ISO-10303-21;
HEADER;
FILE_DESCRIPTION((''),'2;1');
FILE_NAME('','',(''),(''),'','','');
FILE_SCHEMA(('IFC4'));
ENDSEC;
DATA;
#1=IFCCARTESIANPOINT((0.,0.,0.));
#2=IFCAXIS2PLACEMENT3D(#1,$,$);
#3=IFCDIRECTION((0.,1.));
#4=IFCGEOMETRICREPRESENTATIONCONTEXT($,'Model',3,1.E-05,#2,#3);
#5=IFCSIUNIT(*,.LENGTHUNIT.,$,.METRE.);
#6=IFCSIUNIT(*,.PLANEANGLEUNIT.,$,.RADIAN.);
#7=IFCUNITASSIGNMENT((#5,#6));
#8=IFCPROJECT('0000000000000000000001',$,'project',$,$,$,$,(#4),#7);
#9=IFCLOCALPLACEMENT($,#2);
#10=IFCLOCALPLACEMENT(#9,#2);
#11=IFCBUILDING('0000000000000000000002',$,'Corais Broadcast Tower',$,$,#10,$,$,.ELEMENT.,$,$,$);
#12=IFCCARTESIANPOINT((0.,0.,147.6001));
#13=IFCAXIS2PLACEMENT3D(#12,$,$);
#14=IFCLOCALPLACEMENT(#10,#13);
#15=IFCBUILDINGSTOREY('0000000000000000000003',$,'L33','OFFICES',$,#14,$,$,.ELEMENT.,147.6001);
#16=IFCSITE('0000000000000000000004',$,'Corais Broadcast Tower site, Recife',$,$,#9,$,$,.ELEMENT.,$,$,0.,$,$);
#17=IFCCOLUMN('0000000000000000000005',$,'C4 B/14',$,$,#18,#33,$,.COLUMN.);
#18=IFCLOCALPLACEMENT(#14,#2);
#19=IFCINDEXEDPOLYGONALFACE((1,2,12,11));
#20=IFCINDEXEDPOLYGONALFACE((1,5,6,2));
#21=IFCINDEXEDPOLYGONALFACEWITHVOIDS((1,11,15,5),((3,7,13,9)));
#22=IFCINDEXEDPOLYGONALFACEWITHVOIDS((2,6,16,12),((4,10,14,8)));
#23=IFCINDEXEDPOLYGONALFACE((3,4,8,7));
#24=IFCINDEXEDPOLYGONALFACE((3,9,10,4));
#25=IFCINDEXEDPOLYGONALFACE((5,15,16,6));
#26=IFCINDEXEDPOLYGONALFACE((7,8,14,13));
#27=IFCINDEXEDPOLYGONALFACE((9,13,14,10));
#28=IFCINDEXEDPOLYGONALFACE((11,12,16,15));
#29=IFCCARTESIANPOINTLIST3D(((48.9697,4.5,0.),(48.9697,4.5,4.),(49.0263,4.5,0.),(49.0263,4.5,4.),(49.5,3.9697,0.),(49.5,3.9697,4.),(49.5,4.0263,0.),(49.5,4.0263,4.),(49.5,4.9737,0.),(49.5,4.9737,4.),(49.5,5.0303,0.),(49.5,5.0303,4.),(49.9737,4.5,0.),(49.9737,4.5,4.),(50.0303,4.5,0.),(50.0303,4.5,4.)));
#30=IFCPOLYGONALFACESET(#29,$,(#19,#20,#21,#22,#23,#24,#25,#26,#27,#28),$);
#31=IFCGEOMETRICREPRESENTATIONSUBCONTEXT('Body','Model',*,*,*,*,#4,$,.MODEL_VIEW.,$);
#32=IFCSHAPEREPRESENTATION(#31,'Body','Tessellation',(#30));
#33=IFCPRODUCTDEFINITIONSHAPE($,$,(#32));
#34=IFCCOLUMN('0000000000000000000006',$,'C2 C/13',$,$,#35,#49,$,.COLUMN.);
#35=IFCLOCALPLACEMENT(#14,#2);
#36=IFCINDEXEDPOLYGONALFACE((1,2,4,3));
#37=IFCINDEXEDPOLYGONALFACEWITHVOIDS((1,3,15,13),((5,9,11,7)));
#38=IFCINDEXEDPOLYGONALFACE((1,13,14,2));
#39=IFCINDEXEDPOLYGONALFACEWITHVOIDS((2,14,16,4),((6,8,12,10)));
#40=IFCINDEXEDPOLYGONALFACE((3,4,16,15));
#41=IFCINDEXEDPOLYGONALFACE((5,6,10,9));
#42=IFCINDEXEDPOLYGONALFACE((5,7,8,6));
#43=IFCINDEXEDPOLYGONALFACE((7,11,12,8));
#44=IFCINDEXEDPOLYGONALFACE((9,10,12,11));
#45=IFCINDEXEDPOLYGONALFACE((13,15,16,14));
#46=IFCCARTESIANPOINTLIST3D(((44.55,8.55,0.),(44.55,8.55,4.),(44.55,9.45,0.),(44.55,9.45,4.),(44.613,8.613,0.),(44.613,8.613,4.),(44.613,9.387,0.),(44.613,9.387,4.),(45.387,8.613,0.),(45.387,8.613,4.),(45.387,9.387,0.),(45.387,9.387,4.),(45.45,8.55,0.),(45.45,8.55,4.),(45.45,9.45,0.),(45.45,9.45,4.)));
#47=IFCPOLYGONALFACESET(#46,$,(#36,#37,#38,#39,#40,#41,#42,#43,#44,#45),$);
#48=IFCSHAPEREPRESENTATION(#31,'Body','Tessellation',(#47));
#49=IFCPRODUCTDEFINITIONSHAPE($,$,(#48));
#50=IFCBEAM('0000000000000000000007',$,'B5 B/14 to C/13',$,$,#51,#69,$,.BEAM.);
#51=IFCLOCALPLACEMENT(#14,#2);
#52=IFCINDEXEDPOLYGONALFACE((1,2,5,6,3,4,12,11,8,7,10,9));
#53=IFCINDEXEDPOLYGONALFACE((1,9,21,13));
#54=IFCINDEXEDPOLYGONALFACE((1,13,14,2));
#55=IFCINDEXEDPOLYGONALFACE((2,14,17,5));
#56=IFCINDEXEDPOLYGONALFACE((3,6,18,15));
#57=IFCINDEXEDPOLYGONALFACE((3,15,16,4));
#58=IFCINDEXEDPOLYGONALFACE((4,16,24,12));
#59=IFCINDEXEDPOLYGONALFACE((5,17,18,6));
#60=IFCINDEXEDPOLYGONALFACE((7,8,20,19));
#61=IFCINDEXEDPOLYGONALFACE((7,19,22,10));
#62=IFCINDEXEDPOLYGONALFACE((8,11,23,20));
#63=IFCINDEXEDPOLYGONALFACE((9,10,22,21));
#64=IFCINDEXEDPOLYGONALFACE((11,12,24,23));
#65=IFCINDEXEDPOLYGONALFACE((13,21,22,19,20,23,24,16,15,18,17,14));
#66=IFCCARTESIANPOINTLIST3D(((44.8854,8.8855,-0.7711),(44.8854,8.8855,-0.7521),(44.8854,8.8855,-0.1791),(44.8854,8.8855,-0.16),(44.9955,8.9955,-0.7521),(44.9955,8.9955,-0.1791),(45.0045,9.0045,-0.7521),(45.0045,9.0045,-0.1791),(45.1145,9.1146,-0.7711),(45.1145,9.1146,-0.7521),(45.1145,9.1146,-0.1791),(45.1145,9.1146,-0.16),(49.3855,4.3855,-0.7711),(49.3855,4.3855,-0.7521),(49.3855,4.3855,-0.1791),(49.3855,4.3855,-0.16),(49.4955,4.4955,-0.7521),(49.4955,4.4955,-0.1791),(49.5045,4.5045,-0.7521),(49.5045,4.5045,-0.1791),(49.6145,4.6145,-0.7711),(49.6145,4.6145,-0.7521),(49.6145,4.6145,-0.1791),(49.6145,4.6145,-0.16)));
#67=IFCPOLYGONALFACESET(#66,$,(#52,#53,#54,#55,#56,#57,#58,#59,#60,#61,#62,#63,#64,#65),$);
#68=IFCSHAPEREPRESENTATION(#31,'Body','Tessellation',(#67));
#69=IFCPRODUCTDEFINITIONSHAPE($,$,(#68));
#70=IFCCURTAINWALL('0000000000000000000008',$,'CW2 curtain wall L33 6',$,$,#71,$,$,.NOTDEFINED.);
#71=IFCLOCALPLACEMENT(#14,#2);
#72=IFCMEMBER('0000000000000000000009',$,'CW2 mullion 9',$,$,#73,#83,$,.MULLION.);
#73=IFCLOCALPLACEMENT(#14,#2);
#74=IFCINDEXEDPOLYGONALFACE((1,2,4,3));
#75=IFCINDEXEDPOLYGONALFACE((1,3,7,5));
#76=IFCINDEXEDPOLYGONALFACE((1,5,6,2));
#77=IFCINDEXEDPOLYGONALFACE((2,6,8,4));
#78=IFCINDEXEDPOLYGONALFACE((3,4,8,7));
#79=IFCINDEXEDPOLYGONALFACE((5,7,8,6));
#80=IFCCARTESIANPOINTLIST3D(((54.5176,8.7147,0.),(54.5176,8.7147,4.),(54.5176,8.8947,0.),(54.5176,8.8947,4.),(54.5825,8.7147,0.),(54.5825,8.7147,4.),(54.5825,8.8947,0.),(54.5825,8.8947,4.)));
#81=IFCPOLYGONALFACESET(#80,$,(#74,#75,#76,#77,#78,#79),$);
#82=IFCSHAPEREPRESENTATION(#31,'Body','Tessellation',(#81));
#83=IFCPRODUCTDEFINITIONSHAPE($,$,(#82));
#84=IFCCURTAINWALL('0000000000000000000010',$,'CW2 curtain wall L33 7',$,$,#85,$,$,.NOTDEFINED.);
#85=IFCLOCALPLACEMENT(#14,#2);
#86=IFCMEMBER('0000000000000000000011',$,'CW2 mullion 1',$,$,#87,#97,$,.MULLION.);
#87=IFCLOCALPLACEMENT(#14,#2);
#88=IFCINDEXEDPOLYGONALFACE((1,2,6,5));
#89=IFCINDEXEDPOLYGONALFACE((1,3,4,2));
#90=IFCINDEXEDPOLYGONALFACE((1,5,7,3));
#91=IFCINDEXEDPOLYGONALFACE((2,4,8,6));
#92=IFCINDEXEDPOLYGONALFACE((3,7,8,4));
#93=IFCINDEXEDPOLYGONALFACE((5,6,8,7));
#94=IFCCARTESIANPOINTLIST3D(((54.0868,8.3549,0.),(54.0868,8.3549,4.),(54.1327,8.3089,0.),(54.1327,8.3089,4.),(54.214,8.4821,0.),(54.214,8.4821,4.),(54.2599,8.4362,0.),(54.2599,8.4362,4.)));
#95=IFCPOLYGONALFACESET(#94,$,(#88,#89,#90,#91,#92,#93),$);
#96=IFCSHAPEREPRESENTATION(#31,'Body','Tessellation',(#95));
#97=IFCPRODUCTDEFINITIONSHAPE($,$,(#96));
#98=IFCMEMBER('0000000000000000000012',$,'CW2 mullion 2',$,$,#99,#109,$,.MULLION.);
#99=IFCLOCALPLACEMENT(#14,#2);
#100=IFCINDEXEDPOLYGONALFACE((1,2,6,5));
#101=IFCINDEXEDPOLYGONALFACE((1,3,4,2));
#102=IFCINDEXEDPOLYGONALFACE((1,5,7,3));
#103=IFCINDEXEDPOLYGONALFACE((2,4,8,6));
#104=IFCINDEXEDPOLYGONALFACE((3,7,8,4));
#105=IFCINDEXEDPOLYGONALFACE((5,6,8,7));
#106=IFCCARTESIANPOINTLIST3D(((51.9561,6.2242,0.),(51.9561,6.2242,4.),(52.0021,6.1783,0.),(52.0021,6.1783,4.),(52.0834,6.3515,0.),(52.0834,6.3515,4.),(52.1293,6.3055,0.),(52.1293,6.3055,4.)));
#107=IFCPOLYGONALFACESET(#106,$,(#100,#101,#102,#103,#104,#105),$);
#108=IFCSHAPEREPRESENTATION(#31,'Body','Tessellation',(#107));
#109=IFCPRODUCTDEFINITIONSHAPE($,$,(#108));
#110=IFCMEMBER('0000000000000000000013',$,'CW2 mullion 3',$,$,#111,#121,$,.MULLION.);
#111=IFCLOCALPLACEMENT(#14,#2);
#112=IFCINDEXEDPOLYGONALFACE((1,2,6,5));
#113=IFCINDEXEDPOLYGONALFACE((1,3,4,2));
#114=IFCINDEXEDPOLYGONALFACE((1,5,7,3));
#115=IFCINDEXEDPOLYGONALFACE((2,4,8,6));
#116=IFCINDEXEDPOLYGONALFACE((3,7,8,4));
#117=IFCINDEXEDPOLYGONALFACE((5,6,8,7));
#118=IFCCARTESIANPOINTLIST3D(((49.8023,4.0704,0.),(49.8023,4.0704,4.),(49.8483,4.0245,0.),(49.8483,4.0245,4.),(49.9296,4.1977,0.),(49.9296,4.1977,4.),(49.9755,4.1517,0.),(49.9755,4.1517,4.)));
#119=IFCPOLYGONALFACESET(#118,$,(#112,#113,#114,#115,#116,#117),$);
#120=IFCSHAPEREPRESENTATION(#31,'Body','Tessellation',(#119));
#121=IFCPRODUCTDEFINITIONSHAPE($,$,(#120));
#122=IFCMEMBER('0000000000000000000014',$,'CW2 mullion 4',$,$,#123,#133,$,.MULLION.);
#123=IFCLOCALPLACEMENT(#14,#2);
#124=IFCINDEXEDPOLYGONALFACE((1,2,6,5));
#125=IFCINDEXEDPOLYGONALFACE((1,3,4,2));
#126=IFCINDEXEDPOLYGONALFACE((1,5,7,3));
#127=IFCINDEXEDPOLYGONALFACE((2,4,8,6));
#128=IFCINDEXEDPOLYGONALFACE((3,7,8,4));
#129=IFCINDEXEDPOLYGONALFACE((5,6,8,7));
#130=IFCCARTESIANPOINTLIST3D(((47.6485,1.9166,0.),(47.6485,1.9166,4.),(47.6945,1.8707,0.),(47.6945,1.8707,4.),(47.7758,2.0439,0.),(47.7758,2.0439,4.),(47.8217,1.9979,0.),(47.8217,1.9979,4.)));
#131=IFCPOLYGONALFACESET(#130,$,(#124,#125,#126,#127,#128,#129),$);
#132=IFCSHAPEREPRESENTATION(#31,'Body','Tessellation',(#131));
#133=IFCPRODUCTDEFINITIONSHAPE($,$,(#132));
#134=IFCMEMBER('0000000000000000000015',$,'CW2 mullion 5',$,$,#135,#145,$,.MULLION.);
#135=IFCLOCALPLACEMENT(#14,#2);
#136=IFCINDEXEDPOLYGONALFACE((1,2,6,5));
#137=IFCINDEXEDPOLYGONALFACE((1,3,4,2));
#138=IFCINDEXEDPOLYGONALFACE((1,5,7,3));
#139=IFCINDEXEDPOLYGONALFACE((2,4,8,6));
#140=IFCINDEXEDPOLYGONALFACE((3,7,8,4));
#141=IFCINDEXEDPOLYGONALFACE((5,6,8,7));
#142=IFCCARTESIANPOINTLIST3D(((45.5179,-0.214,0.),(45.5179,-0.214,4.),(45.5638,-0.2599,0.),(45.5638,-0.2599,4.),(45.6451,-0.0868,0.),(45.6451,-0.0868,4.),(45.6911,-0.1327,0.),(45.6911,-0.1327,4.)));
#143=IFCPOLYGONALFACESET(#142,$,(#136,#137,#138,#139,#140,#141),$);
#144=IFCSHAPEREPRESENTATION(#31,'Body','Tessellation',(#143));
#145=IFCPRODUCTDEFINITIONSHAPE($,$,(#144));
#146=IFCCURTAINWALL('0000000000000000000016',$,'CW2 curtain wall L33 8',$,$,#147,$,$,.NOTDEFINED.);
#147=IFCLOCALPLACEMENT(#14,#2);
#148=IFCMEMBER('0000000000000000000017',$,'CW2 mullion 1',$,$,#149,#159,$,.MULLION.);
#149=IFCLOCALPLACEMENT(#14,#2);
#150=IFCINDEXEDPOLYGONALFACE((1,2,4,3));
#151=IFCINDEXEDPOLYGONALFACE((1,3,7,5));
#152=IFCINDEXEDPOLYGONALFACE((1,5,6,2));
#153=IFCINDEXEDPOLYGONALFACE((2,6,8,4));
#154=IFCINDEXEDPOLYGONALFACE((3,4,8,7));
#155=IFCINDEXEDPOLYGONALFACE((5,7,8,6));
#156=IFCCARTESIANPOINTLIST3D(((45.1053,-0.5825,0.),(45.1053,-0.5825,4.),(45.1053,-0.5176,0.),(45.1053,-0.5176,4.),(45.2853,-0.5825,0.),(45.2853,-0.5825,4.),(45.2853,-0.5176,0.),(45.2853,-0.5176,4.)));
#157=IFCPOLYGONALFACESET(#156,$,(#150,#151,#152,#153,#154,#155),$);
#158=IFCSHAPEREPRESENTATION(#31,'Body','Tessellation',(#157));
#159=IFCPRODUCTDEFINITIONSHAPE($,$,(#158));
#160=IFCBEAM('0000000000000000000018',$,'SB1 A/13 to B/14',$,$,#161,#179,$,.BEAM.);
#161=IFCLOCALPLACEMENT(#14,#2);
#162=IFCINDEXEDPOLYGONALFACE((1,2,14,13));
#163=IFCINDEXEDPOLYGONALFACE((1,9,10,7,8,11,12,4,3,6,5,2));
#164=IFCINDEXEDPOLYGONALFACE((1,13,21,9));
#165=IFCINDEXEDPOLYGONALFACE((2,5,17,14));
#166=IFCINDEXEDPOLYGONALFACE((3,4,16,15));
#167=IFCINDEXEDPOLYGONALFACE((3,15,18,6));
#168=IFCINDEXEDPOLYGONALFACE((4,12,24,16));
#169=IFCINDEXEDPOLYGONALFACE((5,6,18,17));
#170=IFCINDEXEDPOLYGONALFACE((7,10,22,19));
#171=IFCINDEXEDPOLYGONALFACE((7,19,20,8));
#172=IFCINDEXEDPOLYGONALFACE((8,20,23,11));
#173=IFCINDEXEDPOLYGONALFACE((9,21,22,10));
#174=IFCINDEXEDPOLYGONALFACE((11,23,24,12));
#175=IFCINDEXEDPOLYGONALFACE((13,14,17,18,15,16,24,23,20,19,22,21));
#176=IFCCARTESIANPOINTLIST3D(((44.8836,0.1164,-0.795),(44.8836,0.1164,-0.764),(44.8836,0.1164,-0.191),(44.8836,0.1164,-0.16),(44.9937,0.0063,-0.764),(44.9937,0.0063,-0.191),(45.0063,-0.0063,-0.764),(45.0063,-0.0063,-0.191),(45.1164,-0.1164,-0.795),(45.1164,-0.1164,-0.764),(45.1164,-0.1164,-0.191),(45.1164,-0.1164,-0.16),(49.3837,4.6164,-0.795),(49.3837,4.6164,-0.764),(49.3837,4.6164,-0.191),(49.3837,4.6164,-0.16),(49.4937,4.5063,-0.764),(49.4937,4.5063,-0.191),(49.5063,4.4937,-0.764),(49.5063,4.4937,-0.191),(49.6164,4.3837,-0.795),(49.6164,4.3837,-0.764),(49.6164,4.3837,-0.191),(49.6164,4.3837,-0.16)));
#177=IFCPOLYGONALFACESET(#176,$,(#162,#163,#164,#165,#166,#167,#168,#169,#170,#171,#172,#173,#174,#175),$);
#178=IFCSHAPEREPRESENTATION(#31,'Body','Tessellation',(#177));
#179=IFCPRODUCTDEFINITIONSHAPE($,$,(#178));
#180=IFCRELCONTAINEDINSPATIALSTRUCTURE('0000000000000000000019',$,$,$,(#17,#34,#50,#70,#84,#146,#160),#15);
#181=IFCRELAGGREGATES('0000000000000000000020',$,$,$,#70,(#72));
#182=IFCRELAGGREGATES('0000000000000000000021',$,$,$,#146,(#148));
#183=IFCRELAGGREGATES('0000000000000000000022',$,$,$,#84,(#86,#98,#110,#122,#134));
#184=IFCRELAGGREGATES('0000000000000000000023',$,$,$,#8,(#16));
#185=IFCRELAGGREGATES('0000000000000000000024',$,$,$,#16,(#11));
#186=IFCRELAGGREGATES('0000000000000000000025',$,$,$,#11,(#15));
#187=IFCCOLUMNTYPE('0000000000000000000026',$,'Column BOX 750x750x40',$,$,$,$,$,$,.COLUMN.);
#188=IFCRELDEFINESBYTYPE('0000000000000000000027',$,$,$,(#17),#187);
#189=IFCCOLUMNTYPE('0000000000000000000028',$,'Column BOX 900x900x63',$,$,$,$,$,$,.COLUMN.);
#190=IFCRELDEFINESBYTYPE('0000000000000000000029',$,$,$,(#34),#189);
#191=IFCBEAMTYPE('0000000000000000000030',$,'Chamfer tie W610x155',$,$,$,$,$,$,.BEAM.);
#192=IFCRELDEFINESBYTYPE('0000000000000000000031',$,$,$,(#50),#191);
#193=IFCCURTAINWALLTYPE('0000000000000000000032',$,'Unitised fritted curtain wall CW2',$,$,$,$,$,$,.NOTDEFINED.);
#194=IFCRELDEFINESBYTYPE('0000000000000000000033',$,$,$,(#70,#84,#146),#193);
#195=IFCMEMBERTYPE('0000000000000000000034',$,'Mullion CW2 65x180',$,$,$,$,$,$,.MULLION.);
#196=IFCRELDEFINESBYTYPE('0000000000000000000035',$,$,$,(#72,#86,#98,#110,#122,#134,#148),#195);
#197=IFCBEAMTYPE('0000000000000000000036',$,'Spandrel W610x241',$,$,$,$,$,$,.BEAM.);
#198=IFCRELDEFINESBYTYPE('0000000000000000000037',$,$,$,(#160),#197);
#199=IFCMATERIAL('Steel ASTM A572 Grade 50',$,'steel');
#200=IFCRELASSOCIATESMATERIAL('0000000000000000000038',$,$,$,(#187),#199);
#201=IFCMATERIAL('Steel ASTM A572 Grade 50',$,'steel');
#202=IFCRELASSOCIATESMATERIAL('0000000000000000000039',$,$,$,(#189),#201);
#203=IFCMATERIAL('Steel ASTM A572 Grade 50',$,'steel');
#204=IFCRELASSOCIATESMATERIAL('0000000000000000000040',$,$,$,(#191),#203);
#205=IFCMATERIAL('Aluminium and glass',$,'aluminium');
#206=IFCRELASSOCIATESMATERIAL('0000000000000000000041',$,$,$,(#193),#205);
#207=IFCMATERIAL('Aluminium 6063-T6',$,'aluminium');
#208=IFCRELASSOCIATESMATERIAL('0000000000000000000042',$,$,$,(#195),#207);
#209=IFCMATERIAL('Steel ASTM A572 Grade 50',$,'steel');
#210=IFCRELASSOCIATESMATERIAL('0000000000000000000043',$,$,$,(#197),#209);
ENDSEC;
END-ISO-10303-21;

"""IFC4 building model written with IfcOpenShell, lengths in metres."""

from ifc_helpers import new_model, si_unit, direction, frame, origin, origin_2d, place, context, subcontext, project, spatial, rectangle, hollow_rectangle, i_section, extrude, material, material_profile, profile_set, type_object, element, aggregate, save


model = new_model("IFC4")

# Units and contexts
model_context = context("Model", 3, precision=1e-05, world=origin(), true_north=direction((0.0, 1.0)))
body_context = subcontext(model_context, "Body", "Model", "MODEL_VIEW")
ifc_project = project(units=[si_unit("LENGTHUNIT", "METRE"), si_unit("PLANEANGLEUNIT", "RADIAN")], contexts=[model_context])

# Site, building, storey
site_placement = place(None, origin())
site = spatial("IfcSite", under=ifc_project, at=site_placement, Name="Corais Broadcast Tower site, Recife", CompositionType="ELEMENT", RefElevation=0.0)
building_placement = place(site_placement, origin())
building = spatial("IfcBuilding", under=site, at=building_placement, Name="Corais Broadcast Tower", CompositionType="ELEMENT")
storey_placement = place(building_placement, frame((0.0, 0.0, 147.6001)))
storey = spatial("IfcBuildingStorey", under=building, at=storey_placement, Name="L33", Description="OFFICES", CompositionType="ELEMENT", Elevation=147.6001)

# Columns
ifc_material_1 = material(Name="Steel ASTM A572 Grade 50", Category="steel")
ifc_material_profile_1 = material_profile(ifc_material_1, hollow_rectangle(XDim=0.75, YDim=0.75, WallThickness=0.04, at=origin_2d()), Name="BOX 750x750x40")
ifc_profile_set_1 = profile_set([ifc_material_profile_1], Name="Steel ASTM A572 Grade 50")
column_type_1 = type_object("IfcColumnType", Name="Column BOX 750x750x40", PredefinedType="COLUMN", material=ifc_profile_set_1)
column_1_placement = place(storey_placement, frame((49.5, 4.5, 0.0), z_axis=(0.0, 0.0, 1.0), x_axis=(0.707107, 0.707107, 0.0)))
element("IfcColumn", 1, at=column_1_placement, inside=storey, type_object=column_type_1, Name="C4 B/14", PredefinedType="COLUMN", context=body_context, shape_type="SweptSolid", body=[
    extrude(hollow_rectangle(XDim=0.75, YDim=0.75, WallThickness=0.04, at=origin_2d()), origin(), (0.0, 0.0, 1.0), 4.0),
])
ifc_material_2 = material(Name="Steel ASTM A572 Grade 50", Category="steel")
ifc_material_profile_2 = material_profile(ifc_material_2, hollow_rectangle(XDim=0.8999, YDim=0.8999, WallThickness=0.063, at=origin_2d()), Name="BOX 900x900x63")
ifc_profile_set_2 = profile_set([ifc_material_profile_2], Name="Steel ASTM A572 Grade 50")
column_type_2 = type_object("IfcColumnType", Name="Column BOX 900x900x63", PredefinedType="COLUMN", material=ifc_profile_set_2)
column_2_placement = place(storey_placement, frame((45.0, 9.0, 0.0), z_axis=(0.0, 0.0, 1.0), x_axis=(1.0, 0.0, 0.0)))
element("IfcColumn", 2, at=column_2_placement, inside=storey, type_object=column_type_2, Name="C2 C/13", PredefinedType="COLUMN", context=body_context, shape_type="SweptSolid", body=[
    extrude(hollow_rectangle(XDim=0.8999, YDim=0.8999, WallThickness=0.063, at=origin_2d()), origin(), (0.0, 0.0, 1.0), 4.0),
])

# Beam
ifc_material_3 = material(Name="Steel ASTM A572 Grade 50", Category="steel")
ifc_material_profile_3 = material_profile(ifc_material_3, i_section(OverallWidth=0.324, OverallDepth=0.6111, WebThickness=0.0127, FlangeThickness=0.019, at=origin_2d()), Name="W610x155")
ifc_profile_set_3 = profile_set([ifc_material_profile_3], Name="Steel ASTM A572 Grade 50")
beam_type_1 = type_object("IfcBeamType", Name="Chamfer tie W610x155", PredefinedType="BEAM", material=ifc_profile_set_3)
beam_placement = place(storey_placement, frame((49.5, 4.5, -0.4656), z_axis=(-0.707107, 0.707107, 0.0), x_axis=(-0.707107, -0.707107, 0.0)))
element("IfcBeam", 3, at=beam_placement, inside=storey, type_object=beam_type_1, Name="B5 B/14 to C/13", PredefinedType="BEAM", context=body_context, shape_type="SweptSolid", body=[
    extrude(i_section(OverallWidth=0.324, OverallDepth=0.6111, WebThickness=0.0127, FlangeThickness=0.019, at=origin_2d()), origin(), (0.0, 0.0, 1.0), 6.364),
])

# Curtain wall, member
ifc_material_4 = material(Name="Aluminium and glass", Category="aluminium")
curtain_wall_type = type_object("IfcCurtainWallType", Name="Unitised fritted curtain wall CW2", PredefinedType="NOTDEFINED", material=ifc_material_4)
curtain_wall_1_placement = place(storey_placement, origin())
curtain_wall_1 = element("IfcCurtainWall", 4, at=curtain_wall_1_placement, inside=storey, type_object=curtain_wall_type, Name="CW2 curtain wall L33 6", PredefinedType="NOTDEFINED")
ifc_material_5 = material(Name="Aluminium 6063-T6", Category="aluminium")
ifc_material_profile_4 = material_profile(ifc_material_5, rectangle(XDim=0.0649, YDim=0.1799, at=origin_2d()), Name="Mullion CW2 65x180")
ifc_profile_set_4 = profile_set([ifc_material_profile_4], Name="Aluminium 6063-T6")
member_type_1 = type_object("IfcMemberType", Name="Mullion CW2 65x180", PredefinedType="MULLION", material=ifc_profile_set_4)
member_1_placement = place(storey_placement, frame((54.55, 8.8047, 0.0), z_axis=(0.0, 0.0, 1.0), x_axis=(1.0, 0.0, 0.0)))
member_1 = element("IfcMember", 5, at=member_1_placement, type_object=member_type_1, Name="CW2 mullion 9", PredefinedType="MULLION", context=body_context, shape_type="SweptSolid", body=[
    extrude(rectangle(XDim=0.0649, YDim=0.1799, at=origin_2d()), origin(), (0.0, 0.0, 1.0), 4.0),
])
aggregate(curtain_wall_1, [member_1])

# Curtain wall, members
curtain_wall_2_placement = place(storey_placement, origin())
curtain_wall_2 = element("IfcCurtainWall", 6, at=curtain_wall_2_placement, inside=storey, type_object=curtain_wall_type, Name="CW2 curtain wall L33 7", PredefinedType="NOTDEFINED")
member_2_placement = place(storey_placement, frame((54.1733, 8.3955, 0.0), z_axis=(0.0, 0.0, 1.0), x_axis=(0.707107, -0.707107, 0.0)))
member_2 = element("IfcMember", 7, at=member_2_placement, type_object=member_type_1, Name="CW2 mullion 1", PredefinedType="MULLION", context=body_context, shape_type="SweptSolid", body=[
    extrude(rectangle(XDim=0.0649, YDim=0.1799, at=origin_2d()), origin(), (0.0, 0.0, 1.0), 4.0),
])
member_3_placement = place(storey_placement, frame((52.0427, 6.2649, 0.0), z_axis=(0.0, 0.0, 1.0), x_axis=(0.707107, -0.707107, 0.0)))
member_3 = element("IfcMember", 8, at=member_3_placement, type_object=member_type_1, Name="CW2 mullion 2", PredefinedType="MULLION", context=body_context, shape_type="SweptSolid", body=[
    extrude(rectangle(XDim=0.0649, YDim=0.1799, at=origin_2d()), origin(), (0.0, 0.0, 1.0), 4.0),
])
member_4_placement = place(storey_placement, frame((49.8889, 4.1111, 0.0), z_axis=(0.0, 0.0, 1.0), x_axis=(0.707107, -0.707107, 0.0)))
member_4 = element("IfcMember", 9, at=member_4_placement, type_object=member_type_1, Name="CW2 mullion 3", PredefinedType="MULLION", context=body_context, shape_type="SweptSolid", body=[
    extrude(rectangle(XDim=0.0649, YDim=0.1799, at=origin_2d()), origin(), (0.0, 0.0, 1.0), 4.0),
])
member_5_placement = place(storey_placement, frame((47.7351, 1.9573, 0.0), z_axis=(0.0, 0.0, 1.0), x_axis=(0.707107, -0.707107, 0.0)))
member_5 = element("IfcMember", 10, at=member_5_placement, type_object=member_type_1, Name="CW2 mullion 4", PredefinedType="MULLION", context=body_context, shape_type="SweptSolid", body=[
    extrude(rectangle(XDim=0.0649, YDim=0.1799, at=origin_2d()), origin(), (0.0, 0.0, 1.0), 4.0),
])
member_6_placement = place(storey_placement, frame((45.6045, -0.1733, 0.0), z_axis=(0.0, 0.0, 1.0), x_axis=(0.707107, -0.707107, 0.0)))
member_6 = element("IfcMember", 11, at=member_6_placement, type_object=member_type_1, Name="CW2 mullion 5", PredefinedType="MULLION", context=body_context, shape_type="SweptSolid", body=[
    extrude(rectangle(XDim=0.0649, YDim=0.1799, at=origin_2d()), origin(), (0.0, 0.0, 1.0), 4.0),
])

# Curtain wall, member
curtain_wall_3_placement = place(storey_placement, origin())
curtain_wall_3 = element("IfcCurtainWall", 12, at=curtain_wall_3_placement, inside=storey, type_object=curtain_wall_type, Name="CW2 curtain wall L33 8", PredefinedType="NOTDEFINED")
member_7_placement = place(storey_placement, frame((45.1953, -0.55, 0.0), z_axis=(0.0, 0.0, 1.0), x_axis=(0.0, -1.0, 0.0)))
member_7 = element("IfcMember", 13, at=member_7_placement, type_object=member_type_1, Name="CW2 mullion 1", PredefinedType="MULLION", context=body_context, shape_type="SweptSolid", body=[
    extrude(rectangle(XDim=0.0649, YDim=0.1799, at=origin_2d()), origin(), (0.0, 0.0, 1.0), 4.0),
])

# Beam
ifc_material_6 = material(Name="Steel ASTM A572 Grade 50", Category="steel")
ifc_material_profile_5 = material_profile(ifc_material_6, i_section(OverallWidth=0.3291, OverallDepth=0.635, WebThickness=0.0178, FlangeThickness=0.031, at=origin_2d()), Name="W610x241")
ifc_profile_set_5 = profile_set([ifc_material_profile_5], Name="Steel ASTM A572 Grade 50")
beam_type_2 = type_object("IfcBeamType", Name="Spandrel W610x241", PredefinedType="BEAM", material=ifc_profile_set_5)
for number, where, z_axis, x_axis, name in (
    (14, (45.0, 0.0, -0.4775), (0.707107, 0.707107, 0.0), (-0.707107, 0.707107, 0.0), "SB1 A/13 to B/14"),
):
    element("IfcBeam", number, at=place(storey_placement, frame(where, z_axis=z_axis, x_axis=x_axis)), inside=storey, type_object=beam_type_2, Name=name, PredefinedType="BEAM", context=body_context, shape_type="SweptSolid", body=[
        extrude(i_section(OverallWidth=0.3291, OverallDepth=0.635, WebThickness=0.0178, FlangeThickness=0.031, at=origin_2d()), origin(), (0.0, 0.0, 1.0), 6.364),
    ])

aggregate(curtain_wall_3, [member_7])

aggregate(curtain_wall_2, [member_2, member_3, member_4, member_5, member_6])

save(model, "model.ifc")
